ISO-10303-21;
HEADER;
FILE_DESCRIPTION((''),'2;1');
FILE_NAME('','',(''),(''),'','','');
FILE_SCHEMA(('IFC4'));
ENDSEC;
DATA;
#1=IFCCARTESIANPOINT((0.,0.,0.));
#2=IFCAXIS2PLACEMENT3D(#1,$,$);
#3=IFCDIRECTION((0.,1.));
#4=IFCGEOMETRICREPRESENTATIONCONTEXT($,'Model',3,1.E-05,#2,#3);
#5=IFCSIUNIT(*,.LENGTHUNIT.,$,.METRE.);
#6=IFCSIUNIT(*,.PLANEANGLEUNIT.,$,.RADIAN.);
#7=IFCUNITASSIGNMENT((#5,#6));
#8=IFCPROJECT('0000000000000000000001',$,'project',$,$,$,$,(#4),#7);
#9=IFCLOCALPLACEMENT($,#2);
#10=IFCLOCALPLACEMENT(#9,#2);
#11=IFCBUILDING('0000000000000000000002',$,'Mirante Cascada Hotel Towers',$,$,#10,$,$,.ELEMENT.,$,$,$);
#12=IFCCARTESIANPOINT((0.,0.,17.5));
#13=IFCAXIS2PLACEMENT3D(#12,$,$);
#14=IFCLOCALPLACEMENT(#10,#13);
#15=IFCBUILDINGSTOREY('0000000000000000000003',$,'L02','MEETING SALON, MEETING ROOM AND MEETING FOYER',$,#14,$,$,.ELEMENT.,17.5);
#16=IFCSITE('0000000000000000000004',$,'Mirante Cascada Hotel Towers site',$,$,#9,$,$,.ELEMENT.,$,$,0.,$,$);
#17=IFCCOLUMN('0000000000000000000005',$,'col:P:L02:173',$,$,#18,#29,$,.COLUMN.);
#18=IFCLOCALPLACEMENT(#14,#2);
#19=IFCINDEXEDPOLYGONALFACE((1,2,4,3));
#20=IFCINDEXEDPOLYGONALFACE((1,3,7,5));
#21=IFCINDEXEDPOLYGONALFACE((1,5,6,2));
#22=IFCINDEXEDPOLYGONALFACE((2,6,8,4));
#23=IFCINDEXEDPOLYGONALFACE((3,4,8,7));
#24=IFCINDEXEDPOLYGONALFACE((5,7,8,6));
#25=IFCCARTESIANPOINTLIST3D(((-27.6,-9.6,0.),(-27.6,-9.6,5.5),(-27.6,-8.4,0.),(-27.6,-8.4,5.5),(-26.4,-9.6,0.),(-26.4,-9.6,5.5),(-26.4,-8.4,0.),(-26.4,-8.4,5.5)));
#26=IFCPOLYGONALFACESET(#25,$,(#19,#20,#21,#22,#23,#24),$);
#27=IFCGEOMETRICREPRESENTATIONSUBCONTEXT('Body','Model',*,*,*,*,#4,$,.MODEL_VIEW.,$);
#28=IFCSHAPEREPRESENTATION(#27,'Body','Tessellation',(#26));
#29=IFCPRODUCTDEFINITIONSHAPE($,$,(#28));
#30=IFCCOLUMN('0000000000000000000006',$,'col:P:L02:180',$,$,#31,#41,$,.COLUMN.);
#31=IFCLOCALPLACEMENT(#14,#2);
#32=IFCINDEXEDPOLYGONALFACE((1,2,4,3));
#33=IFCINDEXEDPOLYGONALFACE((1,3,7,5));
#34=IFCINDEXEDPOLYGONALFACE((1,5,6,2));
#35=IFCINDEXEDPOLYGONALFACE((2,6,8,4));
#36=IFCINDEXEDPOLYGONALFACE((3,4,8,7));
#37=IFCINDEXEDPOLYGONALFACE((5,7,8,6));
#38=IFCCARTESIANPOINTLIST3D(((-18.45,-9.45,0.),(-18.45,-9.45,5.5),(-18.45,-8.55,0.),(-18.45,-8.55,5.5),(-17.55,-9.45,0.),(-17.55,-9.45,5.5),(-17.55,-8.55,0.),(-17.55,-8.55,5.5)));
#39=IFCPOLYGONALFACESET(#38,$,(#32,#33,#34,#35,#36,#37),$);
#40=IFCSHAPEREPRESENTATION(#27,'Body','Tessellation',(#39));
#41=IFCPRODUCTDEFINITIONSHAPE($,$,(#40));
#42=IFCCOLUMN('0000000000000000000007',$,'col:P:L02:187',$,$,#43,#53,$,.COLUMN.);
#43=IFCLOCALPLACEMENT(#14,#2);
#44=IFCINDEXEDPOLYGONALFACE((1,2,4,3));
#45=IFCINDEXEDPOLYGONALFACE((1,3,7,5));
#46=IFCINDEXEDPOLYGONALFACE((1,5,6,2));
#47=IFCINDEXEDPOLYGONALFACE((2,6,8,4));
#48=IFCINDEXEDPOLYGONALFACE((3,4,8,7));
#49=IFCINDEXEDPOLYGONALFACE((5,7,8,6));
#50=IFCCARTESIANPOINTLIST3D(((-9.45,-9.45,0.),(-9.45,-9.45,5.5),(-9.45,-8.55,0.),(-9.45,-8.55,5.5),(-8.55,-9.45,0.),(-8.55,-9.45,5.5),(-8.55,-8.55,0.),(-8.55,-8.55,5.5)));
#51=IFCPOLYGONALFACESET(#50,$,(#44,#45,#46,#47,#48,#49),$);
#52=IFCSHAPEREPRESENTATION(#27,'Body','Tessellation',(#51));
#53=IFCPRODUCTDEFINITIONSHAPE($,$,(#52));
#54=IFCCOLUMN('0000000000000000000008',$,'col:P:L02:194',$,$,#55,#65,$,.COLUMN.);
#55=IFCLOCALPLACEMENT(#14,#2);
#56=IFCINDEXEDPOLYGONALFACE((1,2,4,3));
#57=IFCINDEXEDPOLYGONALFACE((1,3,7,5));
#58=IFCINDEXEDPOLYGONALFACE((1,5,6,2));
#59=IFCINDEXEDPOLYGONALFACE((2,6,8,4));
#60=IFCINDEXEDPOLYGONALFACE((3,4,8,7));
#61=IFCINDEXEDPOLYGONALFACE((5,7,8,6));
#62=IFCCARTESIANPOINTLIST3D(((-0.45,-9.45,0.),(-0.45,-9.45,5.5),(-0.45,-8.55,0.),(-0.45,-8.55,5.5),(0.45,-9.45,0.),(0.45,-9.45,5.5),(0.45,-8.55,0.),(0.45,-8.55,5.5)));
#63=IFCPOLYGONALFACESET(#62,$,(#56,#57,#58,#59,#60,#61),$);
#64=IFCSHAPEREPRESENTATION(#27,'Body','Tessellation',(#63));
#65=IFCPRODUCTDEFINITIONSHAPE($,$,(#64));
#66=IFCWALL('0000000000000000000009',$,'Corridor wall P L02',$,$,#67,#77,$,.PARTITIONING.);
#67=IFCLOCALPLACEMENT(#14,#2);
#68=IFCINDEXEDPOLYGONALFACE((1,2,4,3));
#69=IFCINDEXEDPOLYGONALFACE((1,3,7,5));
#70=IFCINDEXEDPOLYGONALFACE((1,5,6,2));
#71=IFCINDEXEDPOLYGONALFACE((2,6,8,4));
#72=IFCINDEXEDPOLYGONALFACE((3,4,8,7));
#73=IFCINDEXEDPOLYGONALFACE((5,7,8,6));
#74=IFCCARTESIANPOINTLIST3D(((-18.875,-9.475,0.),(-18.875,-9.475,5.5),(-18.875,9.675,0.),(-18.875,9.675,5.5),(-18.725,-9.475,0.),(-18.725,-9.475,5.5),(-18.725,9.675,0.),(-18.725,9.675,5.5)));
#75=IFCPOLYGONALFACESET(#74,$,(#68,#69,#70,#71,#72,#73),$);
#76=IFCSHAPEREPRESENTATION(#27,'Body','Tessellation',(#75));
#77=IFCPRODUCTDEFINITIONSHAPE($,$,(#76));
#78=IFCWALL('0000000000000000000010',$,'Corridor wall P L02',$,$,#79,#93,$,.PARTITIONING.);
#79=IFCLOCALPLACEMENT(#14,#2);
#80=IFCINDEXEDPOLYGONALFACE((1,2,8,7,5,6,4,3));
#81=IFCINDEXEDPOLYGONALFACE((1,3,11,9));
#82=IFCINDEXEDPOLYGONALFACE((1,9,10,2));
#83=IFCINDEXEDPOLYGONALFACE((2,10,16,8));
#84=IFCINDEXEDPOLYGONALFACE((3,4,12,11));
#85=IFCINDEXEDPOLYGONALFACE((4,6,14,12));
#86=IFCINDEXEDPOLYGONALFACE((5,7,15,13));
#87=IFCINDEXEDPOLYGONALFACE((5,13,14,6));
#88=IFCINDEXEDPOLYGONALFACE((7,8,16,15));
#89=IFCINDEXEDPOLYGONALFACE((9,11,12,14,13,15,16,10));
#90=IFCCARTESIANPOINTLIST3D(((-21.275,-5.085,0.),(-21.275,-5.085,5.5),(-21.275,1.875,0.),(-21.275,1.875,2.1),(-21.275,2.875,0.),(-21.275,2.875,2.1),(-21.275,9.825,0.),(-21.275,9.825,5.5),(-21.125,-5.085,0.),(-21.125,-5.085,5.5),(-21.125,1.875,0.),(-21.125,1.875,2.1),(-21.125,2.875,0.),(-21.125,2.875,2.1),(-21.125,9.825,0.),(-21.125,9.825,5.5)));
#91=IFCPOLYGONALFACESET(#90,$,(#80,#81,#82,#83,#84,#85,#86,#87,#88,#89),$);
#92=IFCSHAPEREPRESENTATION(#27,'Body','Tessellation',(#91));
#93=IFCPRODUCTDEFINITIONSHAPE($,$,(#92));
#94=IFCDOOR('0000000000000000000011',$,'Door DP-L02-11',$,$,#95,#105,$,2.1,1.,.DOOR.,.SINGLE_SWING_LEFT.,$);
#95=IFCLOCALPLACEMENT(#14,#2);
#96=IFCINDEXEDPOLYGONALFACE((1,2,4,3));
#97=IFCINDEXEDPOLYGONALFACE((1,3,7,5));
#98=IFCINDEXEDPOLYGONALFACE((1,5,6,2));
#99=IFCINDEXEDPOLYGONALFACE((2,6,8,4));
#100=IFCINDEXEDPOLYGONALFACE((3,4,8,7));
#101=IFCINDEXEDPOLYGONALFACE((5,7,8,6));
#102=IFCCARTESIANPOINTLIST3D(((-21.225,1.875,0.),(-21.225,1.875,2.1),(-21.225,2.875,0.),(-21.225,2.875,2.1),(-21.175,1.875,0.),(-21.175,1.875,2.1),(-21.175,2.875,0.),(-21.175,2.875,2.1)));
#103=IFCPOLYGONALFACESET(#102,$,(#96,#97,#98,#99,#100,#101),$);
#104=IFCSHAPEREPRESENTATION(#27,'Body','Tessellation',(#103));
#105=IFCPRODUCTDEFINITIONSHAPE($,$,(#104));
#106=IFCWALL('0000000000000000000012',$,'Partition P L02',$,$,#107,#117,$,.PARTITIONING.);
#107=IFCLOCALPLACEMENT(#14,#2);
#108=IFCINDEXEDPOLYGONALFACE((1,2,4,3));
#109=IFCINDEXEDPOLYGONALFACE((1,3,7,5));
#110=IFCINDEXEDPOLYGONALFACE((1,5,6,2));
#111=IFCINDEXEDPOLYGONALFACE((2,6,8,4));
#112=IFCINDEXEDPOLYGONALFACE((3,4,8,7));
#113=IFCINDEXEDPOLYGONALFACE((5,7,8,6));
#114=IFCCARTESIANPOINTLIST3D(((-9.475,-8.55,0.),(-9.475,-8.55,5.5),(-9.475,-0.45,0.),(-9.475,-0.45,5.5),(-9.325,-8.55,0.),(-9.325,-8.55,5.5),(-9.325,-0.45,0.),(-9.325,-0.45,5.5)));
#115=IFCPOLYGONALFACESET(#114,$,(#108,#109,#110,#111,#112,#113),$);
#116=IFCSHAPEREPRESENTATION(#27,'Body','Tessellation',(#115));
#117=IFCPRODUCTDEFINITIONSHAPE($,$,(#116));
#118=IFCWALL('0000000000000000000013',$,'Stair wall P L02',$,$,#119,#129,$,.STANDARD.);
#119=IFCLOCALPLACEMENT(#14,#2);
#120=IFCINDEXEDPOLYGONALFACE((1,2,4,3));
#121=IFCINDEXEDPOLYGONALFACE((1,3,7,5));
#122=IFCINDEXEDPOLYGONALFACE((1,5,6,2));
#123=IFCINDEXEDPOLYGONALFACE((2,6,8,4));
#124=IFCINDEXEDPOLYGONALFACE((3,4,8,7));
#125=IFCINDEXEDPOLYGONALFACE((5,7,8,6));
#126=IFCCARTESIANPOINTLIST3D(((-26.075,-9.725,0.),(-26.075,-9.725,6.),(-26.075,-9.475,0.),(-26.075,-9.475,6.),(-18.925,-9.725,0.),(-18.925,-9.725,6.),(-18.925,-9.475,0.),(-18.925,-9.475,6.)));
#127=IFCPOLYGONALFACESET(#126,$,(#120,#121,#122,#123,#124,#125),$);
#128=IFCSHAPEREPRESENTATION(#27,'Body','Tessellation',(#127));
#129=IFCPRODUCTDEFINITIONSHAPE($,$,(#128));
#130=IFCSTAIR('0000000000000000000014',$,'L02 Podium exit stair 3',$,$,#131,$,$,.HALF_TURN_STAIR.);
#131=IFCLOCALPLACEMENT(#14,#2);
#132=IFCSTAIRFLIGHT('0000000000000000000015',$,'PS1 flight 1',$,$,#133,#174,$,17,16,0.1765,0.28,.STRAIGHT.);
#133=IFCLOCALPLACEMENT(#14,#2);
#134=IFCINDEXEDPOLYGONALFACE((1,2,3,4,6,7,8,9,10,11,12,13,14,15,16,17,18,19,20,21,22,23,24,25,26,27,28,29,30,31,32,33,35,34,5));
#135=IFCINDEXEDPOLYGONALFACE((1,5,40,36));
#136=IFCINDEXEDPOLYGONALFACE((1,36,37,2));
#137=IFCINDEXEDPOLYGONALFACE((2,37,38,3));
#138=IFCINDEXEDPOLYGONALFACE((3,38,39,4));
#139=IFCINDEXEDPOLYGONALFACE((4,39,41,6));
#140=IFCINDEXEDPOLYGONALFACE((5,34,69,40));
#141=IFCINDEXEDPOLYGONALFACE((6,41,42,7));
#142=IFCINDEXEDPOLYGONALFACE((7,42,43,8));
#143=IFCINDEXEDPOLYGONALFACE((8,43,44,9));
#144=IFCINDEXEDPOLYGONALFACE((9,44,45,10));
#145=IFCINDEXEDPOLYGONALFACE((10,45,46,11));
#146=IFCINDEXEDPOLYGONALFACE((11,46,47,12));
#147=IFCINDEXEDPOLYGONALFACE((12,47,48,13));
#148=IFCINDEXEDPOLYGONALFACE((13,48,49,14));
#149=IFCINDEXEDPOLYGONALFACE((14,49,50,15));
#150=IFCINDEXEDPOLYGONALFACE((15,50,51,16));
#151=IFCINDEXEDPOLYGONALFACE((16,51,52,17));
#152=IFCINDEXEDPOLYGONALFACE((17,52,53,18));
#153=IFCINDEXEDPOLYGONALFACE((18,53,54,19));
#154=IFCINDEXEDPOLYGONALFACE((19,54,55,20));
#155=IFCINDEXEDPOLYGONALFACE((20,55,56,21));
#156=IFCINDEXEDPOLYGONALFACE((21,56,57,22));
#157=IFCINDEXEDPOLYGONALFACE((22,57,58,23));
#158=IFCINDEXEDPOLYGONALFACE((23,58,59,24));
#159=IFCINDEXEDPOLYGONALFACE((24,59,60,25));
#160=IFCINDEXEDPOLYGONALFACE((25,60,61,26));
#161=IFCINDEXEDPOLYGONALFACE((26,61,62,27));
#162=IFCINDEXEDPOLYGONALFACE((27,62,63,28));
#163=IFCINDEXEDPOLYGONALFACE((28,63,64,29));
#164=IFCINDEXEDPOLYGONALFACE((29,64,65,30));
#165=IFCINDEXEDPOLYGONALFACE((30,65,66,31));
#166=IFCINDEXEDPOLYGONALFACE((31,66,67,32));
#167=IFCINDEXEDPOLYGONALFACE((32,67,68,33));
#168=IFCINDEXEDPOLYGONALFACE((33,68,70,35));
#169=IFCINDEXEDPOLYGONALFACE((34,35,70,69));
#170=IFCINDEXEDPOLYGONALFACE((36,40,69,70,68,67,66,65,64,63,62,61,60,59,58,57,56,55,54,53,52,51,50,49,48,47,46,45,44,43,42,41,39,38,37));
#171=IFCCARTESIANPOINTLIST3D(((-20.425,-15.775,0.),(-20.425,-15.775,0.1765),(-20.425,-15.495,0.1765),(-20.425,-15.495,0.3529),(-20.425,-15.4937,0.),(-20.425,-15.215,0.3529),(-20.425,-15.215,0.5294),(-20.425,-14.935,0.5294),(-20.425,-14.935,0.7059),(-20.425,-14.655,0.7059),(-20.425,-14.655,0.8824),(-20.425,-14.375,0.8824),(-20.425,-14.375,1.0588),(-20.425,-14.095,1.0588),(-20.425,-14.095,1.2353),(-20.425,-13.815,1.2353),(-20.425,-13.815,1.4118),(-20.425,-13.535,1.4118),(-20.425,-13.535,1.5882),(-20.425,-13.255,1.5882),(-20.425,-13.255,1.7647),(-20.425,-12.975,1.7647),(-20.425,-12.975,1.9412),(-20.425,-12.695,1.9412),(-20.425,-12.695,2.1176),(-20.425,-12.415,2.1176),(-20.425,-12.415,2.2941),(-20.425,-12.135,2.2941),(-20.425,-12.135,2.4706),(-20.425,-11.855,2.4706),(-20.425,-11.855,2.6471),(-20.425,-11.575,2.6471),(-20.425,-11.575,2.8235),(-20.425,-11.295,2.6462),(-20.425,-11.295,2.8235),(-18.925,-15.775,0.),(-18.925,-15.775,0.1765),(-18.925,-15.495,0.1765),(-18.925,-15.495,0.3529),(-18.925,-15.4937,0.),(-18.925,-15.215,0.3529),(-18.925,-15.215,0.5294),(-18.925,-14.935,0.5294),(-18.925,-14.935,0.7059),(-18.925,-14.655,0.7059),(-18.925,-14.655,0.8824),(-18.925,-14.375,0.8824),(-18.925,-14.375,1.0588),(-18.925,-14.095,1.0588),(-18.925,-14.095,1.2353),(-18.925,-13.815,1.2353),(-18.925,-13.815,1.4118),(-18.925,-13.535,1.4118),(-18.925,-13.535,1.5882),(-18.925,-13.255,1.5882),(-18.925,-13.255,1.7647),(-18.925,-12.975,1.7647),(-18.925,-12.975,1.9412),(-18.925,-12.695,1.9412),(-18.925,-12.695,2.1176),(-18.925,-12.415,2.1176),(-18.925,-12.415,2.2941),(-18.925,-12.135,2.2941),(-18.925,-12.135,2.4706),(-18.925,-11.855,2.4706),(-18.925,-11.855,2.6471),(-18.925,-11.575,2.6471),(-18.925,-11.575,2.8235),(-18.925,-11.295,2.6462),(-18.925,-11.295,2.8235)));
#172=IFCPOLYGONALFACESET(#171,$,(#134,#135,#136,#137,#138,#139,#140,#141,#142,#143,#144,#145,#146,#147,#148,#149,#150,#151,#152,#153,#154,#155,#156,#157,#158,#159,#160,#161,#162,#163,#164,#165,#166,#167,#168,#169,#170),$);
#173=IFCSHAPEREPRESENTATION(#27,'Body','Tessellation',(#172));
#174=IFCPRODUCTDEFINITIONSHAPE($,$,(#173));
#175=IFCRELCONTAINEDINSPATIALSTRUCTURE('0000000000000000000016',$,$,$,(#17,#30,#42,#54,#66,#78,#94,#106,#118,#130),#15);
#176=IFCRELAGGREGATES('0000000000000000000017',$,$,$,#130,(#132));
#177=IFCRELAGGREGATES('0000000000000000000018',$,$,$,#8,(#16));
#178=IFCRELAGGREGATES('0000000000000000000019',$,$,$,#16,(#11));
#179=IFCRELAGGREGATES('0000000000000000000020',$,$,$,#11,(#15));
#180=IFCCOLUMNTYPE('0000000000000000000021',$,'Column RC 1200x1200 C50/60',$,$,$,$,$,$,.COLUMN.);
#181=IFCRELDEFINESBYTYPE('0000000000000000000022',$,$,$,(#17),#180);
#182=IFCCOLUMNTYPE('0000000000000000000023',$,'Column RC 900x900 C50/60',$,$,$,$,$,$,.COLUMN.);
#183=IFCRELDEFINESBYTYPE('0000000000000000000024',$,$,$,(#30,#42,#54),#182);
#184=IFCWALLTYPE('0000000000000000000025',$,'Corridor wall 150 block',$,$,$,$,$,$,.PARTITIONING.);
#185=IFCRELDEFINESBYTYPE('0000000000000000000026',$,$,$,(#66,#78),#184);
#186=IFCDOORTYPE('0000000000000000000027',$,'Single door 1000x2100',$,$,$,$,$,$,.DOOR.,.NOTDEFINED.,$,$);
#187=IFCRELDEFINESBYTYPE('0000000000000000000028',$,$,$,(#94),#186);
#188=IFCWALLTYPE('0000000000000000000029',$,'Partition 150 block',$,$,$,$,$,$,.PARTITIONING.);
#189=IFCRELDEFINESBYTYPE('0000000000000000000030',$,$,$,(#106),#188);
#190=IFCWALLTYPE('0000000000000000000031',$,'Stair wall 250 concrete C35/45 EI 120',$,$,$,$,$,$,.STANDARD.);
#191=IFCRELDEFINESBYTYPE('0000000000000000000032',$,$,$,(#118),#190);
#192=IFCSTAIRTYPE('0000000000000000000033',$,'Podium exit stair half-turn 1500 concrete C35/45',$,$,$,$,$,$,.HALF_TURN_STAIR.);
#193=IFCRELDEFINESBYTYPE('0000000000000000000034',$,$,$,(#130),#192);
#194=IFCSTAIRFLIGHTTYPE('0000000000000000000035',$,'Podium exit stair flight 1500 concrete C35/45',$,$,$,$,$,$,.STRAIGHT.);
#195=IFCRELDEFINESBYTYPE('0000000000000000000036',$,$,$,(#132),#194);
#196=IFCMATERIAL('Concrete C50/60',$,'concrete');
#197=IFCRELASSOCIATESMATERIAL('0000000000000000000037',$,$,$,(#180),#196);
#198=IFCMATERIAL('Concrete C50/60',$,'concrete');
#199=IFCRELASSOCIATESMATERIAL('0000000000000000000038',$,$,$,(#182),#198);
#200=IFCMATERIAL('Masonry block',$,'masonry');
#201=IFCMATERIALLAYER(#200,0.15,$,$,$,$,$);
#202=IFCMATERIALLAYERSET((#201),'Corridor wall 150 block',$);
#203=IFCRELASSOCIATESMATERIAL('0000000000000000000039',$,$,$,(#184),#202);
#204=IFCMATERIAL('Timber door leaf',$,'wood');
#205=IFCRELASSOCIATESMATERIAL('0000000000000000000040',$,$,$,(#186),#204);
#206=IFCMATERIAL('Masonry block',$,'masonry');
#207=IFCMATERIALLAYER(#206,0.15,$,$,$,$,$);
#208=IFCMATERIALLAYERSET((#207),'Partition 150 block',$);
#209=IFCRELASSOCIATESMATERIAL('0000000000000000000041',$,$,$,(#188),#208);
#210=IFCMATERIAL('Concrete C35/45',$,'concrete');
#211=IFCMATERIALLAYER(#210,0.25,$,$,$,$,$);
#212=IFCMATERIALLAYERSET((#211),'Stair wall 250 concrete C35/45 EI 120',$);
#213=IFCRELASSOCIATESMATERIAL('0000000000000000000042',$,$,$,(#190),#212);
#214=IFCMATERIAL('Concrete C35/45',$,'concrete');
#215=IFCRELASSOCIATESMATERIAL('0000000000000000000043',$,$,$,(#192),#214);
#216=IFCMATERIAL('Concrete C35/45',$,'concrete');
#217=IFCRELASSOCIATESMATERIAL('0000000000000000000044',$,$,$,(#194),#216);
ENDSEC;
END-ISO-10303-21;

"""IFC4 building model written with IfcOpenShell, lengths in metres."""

from ifc_helpers import new_model, si_unit, direction, frame, frame_2d, origin, origin_2d, place, context, subcontext, project, spatial, polyline, rectangle, outline, extrude, material, layer, layer_set, material_profile, profile_set, type_object, element, fill, aggregate, save


model = new_model("IFC4")

# Units and contexts
model_context = context("Model", 3, precision=1e-05, world=origin(), true_north=direction((0.0, 1.0)))
body_context = subcontext(model_context, "Body", "Model", "MODEL_VIEW")
ifc_project = project(units=[si_unit("LENGTHUNIT", "METRE"), si_unit("PLANEANGLEUNIT", "RADIAN")], contexts=[model_context])

# Site, building, storey
site_placement = place(None, origin())
site = spatial("IfcSite", under=ifc_project, at=site_placement, Name="Mirante Cascada Hotel Towers site", CompositionType="ELEMENT", RefElevation=0.0)
building_placement = place(site_placement, origin())
building = spatial("IfcBuilding", under=site, at=building_placement, Name="Mirante Cascada Hotel Towers", CompositionType="ELEMENT")
storey_placement = place(building_placement, frame((0.0, 0.0, 17.5)))
storey = spatial("IfcBuildingStorey", under=building, at=storey_placement, Name="L02", Description="MEETING SALON, MEETING ROOM AND MEETING FOYER", CompositionType="ELEMENT", Elevation=17.5)

# Columns
ifc_material_1 = material(Name="Concrete C50/60", Category="concrete")
ifc_material_profile_1 = material_profile(ifc_material_1, rectangle(XDim=1.2, YDim=1.2, at=origin_2d()), Name="RC 1200x1200")
ifc_profile_set_1 = profile_set([ifc_material_profile_1], Name="Concrete C50/60")
column_type_1 = type_object("IfcColumnType", Name="Column RC 1200x1200 C50/60", PredefinedType="COLUMN", material=ifc_profile_set_1)
column_placement = place(storey_placement, frame((-27.0, -9.0, 0.0), z_axis=(0.0, 0.0, 1.0), x_axis=(1.0, 0.0, 0.0)))
element("IfcColumn", 1, at=column_placement, inside=storey, type_object=column_type_1, Name="col:P:L02:173", PredefinedType="COLUMN", context=body_context, shape_type="SweptSolid", body=[
    extrude(rectangle(XDim=1.2, YDim=1.2, at=origin_2d()), origin(), (0.0, 0.0, 1.0), 5.5),
])
ifc_material_2 = material(Name="Concrete C50/60", Category="concrete")
ifc_material_profile_2 = material_profile(ifc_material_2, rectangle(XDim=0.9, YDim=0.9, at=origin_2d()), Name="RC 900x900")
ifc_profile_set_2 = profile_set([ifc_material_profile_2], Name="Concrete C50/60")
column_type_2 = type_object("IfcColumnType", Name="Column RC 900x900 C50/60", PredefinedType="COLUMN", material=ifc_profile_set_2)
for number, where, z_axis, x_axis, name in (
    (2, (-18.0, -9.0, 0.0), (0.0, 0.0, 1.0), (1.0, 0.0, 0.0), "col:P:L02:180"),
    (3, (-9.0, -9.0, 0.0), (0.0, 0.0, 1.0), (1.0, 0.0, 0.0), "col:P:L02:187"),
    (4, (0.0, -9.0, 0.0), (0.0, 0.0, 1.0), (1.0, 0.0, 0.0), "col:P:L02:194"),
):
    element("IfcColumn", number, at=place(storey_placement, frame(where, z_axis=z_axis, x_axis=x_axis)), inside=storey, type_object=column_type_2, Name=name, PredefinedType="COLUMN", context=body_context, shape_type="SweptSolid", body=[
        extrude(rectangle(XDim=0.9, YDim=0.9, at=origin_2d()), origin(), (0.0, 0.0, 1.0), 5.5),
    ])

# Wall
ifc_material_3 = material(Name="Masonry block", Category="masonry")
ifc_layer_1 = layer(ifc_material_3, 0.15)
ifc_layer_set_1 = layer_set([ifc_layer_1], Name="Corridor wall 150 block")
wall_type_1 = type_object("IfcWallType", Name="Corridor wall 150 block", PredefinedType="PARTITIONING", material=ifc_layer_set_1)
wall_1_placement = place(storey_placement, frame((-18.8, -9.475, 0.0), z_axis=(0.0, 0.0, 1.0), x_axis=(0.0, 1.0, 0.0)))
element("IfcWall", 5, at=wall_1_placement, inside=storey, type_object=wall_type_1, Name="Corridor wall P L02", PredefinedType="PARTITIONING", context=body_context, shape_type="SweptSolid", body=[
    extrude(rectangle(XDim=19.15, YDim=0.15, at=frame_2d((9.575, 0.0))), origin(), (0.0, 0.0, 1.0), 5.5),
])

# Wall, opening, door
wall_2_placement = place(storey_placement, frame((-21.2, -5.085, 0.0), z_axis=(0.0, 0.0, 1.0), x_axis=(0.0, 1.0, 0.0)))
wall_2 = element("IfcWall", 6, at=wall_2_placement, inside=storey, type_object=wall_type_1, Name="Corridor wall P L02", PredefinedType="PARTITIONING", context=body_context, shape_type="SweptSolid", body=[
    extrude(rectangle(XDim=14.91, YDim=0.15, at=frame_2d((7.455, 0.0))), origin(), (0.0, 0.0, 1.0), 5.5),
])
opening_placement = place(wall_2_placement, frame((6.96, 0.0, 0.0)))
opening = element("IfcOpeningElement", 7, at=opening_placement, cuts=wall_2, PredefinedType="OPENING", context=body_context, shape_type="SweptSolid", body=[
    extrude(rectangle(XDim=1.0, YDim=2.1, at=frame_2d((0.5, 1.05))), frame((0.0, 0.075, 0.0), z_axis=(0.0, -1.0, 0.0), x_axis=(1.0, 0.0, 0.0)), (0.0, 0.0, 1.0), 0.15),
])
ifc_material_4 = material(Name="Timber door leaf", Category="wood")
door_type = type_object("IfcDoorType", Name="Single door 1000x2100", OperationType="NOTDEFINED", PredefinedType="DOOR", material=ifc_material_4)
door_placement = place(opening_placement, origin())
door = element("IfcDoor", 8, at=door_placement, inside=storey, type_object=door_type, Name="Door DP-L02-11", OperationType="SINGLE_SWING_LEFT", OverallHeight=2.1, OverallWidth=1.0, PredefinedType="DOOR", context=body_context, shape_type="SweptSolid", body=[
    extrude(rectangle(XDim=1.0, YDim=2.1, at=frame_2d((0.5, 1.05))), frame((0.0, 0.025, 0.0), z_axis=(0.0, -1.0, 0.0), x_axis=(1.0, 0.0, 0.0)), (0.0, 0.0, 1.0), 0.05),
])
fill(opening, door)

# Walls
ifc_material_5 = material(Name="Masonry block", Category="masonry")
ifc_layer_2 = layer(ifc_material_5, 0.15)
ifc_layer_set_2 = layer_set([ifc_layer_2], Name="Partition 150 block")
wall_type_2 = type_object("IfcWallType", Name="Partition 150 block", PredefinedType="PARTITIONING", material=ifc_layer_set_2)
wall_3_placement = place(storey_placement, frame((-9.4, -8.55, 0.0), z_axis=(0.0, 0.0, 1.0), x_axis=(0.0, 1.0, 0.0)))
element("IfcWall", 9, at=wall_3_placement, inside=storey, type_object=wall_type_2, Name="Partition P L02", PredefinedType="PARTITIONING", context=body_context, shape_type="SweptSolid", body=[
    extrude(rectangle(XDim=8.1, YDim=0.15, at=frame_2d((4.05, 0.0))), origin(), (0.0, 0.0, 1.0), 5.5),
])
ifc_material_6 = material(Name="Concrete C35/45", Category="concrete")
ifc_layer_3 = layer(ifc_material_6, 0.25)
ifc_layer_set_3 = layer_set([ifc_layer_3], Name="Stair wall 250 concrete C35/45 EI 120")
wall_type_3 = type_object("IfcWallType", Name="Stair wall 250 concrete C35/45 EI 120", PredefinedType="STANDARD", material=ifc_layer_set_3)
wall_4_placement = place(storey_placement, frame((-26.075, -9.6, 0.0), z_axis=(0.0, 0.0, 1.0), x_axis=(1.0, 0.0, 0.0)))
element("IfcWall", 10, at=wall_4_placement, inside=storey, type_object=wall_type_3, Name="Stair wall P L02", PredefinedType="STANDARD", context=body_context, shape_type="SweptSolid", body=[
    extrude(rectangle(XDim=7.15, YDim=0.25, at=frame_2d((3.575, 0.0))), origin(), (0.0, 0.0, 1.0), 6.0),
])

# Stair, stair flight
ifc_material_7 = material(Name="Concrete C35/45", Category="concrete")
stair_type = type_object("IfcStairType", Name="Podium exit stair half-turn 1500 concrete C35/45", PredefinedType="HALF_TURN_STAIR", material=ifc_material_7)
stair_1_placement = place(storey_placement, origin())
stair_1 = element("IfcStair", 11, at=stair_1_placement, inside=storey, type_object=stair_type, Name="L02 Podium exit stair 3", PredefinedType="HALF_TURN_STAIR")
ifc_material_8 = material(Name="Concrete C35/45", Category="concrete")
stair_flight_type = type_object("IfcStairFlightType", Name="Podium exit stair flight 1500 concrete C35/45", PredefinedType="STRAIGHT", material=ifc_material_8)
stair_flight_1_placement = place(storey_placement, frame((-19.675, -15.775, 0.0), z_axis=(0.0, 0.0, 1.0), x_axis=(0.0, 1.0, 0.0)))
stair_flight_1 = element("IfcStairFlight", 12, at=stair_flight_1_placement, type_object=stair_flight_type, Name="PS1 flight 1", NumberOfRisers=17, NumberOfTreads=16, PredefinedType="STRAIGHT", RiserHeight=0.1765, TreadLength=0.28, context=body_context, shape_type="SweptSolid", body=[
    extrude(outline(polyline([(0.0, 0.0), (0.0, 0.1765), (0.28, 0.1765), (0.28, 0.3529), (0.56, 0.3529), (0.56, 0.5294), (0.84, 0.5294), (0.84, 0.7059), (1.12, 0.7059), (1.12, 0.8824), (1.4, 0.8824), (1.4, 1.0588), (1.68, 1.0588), (1.68, 1.2353), (1.96, 1.2353), (1.96, 1.4118), (2.24, 1.4118), (2.24, 1.5882), (2.52, 1.5882), (2.52, 1.7647), (2.8, 1.7647), (2.8, 1.9412), (3.08, 1.9412), (3.08, 2.1176), (3.36, 2.1176), (3.36, 2.2941), (3.64, 2.2941), (3.64, 2.4706), (3.92, 2.4706), (3.92, 2.6471), (4.2, 2.6471), (4.2, 2.8235), (4.48, 2.8235), (4.48, 3.0), (4.48, 2.6462), (0.2813, 0.0), (0.0, 0.0)])), frame((0.0, 0.75, 0.0), z_axis=(0.0, -1.0, 0.0), x_axis=(1.0, 0.0, 0.0)), (0.0, 0.0, 1.0), 1.5),
])
aggregate(stair_1, [stair_flight_1])

save(model, "model.ifc")
